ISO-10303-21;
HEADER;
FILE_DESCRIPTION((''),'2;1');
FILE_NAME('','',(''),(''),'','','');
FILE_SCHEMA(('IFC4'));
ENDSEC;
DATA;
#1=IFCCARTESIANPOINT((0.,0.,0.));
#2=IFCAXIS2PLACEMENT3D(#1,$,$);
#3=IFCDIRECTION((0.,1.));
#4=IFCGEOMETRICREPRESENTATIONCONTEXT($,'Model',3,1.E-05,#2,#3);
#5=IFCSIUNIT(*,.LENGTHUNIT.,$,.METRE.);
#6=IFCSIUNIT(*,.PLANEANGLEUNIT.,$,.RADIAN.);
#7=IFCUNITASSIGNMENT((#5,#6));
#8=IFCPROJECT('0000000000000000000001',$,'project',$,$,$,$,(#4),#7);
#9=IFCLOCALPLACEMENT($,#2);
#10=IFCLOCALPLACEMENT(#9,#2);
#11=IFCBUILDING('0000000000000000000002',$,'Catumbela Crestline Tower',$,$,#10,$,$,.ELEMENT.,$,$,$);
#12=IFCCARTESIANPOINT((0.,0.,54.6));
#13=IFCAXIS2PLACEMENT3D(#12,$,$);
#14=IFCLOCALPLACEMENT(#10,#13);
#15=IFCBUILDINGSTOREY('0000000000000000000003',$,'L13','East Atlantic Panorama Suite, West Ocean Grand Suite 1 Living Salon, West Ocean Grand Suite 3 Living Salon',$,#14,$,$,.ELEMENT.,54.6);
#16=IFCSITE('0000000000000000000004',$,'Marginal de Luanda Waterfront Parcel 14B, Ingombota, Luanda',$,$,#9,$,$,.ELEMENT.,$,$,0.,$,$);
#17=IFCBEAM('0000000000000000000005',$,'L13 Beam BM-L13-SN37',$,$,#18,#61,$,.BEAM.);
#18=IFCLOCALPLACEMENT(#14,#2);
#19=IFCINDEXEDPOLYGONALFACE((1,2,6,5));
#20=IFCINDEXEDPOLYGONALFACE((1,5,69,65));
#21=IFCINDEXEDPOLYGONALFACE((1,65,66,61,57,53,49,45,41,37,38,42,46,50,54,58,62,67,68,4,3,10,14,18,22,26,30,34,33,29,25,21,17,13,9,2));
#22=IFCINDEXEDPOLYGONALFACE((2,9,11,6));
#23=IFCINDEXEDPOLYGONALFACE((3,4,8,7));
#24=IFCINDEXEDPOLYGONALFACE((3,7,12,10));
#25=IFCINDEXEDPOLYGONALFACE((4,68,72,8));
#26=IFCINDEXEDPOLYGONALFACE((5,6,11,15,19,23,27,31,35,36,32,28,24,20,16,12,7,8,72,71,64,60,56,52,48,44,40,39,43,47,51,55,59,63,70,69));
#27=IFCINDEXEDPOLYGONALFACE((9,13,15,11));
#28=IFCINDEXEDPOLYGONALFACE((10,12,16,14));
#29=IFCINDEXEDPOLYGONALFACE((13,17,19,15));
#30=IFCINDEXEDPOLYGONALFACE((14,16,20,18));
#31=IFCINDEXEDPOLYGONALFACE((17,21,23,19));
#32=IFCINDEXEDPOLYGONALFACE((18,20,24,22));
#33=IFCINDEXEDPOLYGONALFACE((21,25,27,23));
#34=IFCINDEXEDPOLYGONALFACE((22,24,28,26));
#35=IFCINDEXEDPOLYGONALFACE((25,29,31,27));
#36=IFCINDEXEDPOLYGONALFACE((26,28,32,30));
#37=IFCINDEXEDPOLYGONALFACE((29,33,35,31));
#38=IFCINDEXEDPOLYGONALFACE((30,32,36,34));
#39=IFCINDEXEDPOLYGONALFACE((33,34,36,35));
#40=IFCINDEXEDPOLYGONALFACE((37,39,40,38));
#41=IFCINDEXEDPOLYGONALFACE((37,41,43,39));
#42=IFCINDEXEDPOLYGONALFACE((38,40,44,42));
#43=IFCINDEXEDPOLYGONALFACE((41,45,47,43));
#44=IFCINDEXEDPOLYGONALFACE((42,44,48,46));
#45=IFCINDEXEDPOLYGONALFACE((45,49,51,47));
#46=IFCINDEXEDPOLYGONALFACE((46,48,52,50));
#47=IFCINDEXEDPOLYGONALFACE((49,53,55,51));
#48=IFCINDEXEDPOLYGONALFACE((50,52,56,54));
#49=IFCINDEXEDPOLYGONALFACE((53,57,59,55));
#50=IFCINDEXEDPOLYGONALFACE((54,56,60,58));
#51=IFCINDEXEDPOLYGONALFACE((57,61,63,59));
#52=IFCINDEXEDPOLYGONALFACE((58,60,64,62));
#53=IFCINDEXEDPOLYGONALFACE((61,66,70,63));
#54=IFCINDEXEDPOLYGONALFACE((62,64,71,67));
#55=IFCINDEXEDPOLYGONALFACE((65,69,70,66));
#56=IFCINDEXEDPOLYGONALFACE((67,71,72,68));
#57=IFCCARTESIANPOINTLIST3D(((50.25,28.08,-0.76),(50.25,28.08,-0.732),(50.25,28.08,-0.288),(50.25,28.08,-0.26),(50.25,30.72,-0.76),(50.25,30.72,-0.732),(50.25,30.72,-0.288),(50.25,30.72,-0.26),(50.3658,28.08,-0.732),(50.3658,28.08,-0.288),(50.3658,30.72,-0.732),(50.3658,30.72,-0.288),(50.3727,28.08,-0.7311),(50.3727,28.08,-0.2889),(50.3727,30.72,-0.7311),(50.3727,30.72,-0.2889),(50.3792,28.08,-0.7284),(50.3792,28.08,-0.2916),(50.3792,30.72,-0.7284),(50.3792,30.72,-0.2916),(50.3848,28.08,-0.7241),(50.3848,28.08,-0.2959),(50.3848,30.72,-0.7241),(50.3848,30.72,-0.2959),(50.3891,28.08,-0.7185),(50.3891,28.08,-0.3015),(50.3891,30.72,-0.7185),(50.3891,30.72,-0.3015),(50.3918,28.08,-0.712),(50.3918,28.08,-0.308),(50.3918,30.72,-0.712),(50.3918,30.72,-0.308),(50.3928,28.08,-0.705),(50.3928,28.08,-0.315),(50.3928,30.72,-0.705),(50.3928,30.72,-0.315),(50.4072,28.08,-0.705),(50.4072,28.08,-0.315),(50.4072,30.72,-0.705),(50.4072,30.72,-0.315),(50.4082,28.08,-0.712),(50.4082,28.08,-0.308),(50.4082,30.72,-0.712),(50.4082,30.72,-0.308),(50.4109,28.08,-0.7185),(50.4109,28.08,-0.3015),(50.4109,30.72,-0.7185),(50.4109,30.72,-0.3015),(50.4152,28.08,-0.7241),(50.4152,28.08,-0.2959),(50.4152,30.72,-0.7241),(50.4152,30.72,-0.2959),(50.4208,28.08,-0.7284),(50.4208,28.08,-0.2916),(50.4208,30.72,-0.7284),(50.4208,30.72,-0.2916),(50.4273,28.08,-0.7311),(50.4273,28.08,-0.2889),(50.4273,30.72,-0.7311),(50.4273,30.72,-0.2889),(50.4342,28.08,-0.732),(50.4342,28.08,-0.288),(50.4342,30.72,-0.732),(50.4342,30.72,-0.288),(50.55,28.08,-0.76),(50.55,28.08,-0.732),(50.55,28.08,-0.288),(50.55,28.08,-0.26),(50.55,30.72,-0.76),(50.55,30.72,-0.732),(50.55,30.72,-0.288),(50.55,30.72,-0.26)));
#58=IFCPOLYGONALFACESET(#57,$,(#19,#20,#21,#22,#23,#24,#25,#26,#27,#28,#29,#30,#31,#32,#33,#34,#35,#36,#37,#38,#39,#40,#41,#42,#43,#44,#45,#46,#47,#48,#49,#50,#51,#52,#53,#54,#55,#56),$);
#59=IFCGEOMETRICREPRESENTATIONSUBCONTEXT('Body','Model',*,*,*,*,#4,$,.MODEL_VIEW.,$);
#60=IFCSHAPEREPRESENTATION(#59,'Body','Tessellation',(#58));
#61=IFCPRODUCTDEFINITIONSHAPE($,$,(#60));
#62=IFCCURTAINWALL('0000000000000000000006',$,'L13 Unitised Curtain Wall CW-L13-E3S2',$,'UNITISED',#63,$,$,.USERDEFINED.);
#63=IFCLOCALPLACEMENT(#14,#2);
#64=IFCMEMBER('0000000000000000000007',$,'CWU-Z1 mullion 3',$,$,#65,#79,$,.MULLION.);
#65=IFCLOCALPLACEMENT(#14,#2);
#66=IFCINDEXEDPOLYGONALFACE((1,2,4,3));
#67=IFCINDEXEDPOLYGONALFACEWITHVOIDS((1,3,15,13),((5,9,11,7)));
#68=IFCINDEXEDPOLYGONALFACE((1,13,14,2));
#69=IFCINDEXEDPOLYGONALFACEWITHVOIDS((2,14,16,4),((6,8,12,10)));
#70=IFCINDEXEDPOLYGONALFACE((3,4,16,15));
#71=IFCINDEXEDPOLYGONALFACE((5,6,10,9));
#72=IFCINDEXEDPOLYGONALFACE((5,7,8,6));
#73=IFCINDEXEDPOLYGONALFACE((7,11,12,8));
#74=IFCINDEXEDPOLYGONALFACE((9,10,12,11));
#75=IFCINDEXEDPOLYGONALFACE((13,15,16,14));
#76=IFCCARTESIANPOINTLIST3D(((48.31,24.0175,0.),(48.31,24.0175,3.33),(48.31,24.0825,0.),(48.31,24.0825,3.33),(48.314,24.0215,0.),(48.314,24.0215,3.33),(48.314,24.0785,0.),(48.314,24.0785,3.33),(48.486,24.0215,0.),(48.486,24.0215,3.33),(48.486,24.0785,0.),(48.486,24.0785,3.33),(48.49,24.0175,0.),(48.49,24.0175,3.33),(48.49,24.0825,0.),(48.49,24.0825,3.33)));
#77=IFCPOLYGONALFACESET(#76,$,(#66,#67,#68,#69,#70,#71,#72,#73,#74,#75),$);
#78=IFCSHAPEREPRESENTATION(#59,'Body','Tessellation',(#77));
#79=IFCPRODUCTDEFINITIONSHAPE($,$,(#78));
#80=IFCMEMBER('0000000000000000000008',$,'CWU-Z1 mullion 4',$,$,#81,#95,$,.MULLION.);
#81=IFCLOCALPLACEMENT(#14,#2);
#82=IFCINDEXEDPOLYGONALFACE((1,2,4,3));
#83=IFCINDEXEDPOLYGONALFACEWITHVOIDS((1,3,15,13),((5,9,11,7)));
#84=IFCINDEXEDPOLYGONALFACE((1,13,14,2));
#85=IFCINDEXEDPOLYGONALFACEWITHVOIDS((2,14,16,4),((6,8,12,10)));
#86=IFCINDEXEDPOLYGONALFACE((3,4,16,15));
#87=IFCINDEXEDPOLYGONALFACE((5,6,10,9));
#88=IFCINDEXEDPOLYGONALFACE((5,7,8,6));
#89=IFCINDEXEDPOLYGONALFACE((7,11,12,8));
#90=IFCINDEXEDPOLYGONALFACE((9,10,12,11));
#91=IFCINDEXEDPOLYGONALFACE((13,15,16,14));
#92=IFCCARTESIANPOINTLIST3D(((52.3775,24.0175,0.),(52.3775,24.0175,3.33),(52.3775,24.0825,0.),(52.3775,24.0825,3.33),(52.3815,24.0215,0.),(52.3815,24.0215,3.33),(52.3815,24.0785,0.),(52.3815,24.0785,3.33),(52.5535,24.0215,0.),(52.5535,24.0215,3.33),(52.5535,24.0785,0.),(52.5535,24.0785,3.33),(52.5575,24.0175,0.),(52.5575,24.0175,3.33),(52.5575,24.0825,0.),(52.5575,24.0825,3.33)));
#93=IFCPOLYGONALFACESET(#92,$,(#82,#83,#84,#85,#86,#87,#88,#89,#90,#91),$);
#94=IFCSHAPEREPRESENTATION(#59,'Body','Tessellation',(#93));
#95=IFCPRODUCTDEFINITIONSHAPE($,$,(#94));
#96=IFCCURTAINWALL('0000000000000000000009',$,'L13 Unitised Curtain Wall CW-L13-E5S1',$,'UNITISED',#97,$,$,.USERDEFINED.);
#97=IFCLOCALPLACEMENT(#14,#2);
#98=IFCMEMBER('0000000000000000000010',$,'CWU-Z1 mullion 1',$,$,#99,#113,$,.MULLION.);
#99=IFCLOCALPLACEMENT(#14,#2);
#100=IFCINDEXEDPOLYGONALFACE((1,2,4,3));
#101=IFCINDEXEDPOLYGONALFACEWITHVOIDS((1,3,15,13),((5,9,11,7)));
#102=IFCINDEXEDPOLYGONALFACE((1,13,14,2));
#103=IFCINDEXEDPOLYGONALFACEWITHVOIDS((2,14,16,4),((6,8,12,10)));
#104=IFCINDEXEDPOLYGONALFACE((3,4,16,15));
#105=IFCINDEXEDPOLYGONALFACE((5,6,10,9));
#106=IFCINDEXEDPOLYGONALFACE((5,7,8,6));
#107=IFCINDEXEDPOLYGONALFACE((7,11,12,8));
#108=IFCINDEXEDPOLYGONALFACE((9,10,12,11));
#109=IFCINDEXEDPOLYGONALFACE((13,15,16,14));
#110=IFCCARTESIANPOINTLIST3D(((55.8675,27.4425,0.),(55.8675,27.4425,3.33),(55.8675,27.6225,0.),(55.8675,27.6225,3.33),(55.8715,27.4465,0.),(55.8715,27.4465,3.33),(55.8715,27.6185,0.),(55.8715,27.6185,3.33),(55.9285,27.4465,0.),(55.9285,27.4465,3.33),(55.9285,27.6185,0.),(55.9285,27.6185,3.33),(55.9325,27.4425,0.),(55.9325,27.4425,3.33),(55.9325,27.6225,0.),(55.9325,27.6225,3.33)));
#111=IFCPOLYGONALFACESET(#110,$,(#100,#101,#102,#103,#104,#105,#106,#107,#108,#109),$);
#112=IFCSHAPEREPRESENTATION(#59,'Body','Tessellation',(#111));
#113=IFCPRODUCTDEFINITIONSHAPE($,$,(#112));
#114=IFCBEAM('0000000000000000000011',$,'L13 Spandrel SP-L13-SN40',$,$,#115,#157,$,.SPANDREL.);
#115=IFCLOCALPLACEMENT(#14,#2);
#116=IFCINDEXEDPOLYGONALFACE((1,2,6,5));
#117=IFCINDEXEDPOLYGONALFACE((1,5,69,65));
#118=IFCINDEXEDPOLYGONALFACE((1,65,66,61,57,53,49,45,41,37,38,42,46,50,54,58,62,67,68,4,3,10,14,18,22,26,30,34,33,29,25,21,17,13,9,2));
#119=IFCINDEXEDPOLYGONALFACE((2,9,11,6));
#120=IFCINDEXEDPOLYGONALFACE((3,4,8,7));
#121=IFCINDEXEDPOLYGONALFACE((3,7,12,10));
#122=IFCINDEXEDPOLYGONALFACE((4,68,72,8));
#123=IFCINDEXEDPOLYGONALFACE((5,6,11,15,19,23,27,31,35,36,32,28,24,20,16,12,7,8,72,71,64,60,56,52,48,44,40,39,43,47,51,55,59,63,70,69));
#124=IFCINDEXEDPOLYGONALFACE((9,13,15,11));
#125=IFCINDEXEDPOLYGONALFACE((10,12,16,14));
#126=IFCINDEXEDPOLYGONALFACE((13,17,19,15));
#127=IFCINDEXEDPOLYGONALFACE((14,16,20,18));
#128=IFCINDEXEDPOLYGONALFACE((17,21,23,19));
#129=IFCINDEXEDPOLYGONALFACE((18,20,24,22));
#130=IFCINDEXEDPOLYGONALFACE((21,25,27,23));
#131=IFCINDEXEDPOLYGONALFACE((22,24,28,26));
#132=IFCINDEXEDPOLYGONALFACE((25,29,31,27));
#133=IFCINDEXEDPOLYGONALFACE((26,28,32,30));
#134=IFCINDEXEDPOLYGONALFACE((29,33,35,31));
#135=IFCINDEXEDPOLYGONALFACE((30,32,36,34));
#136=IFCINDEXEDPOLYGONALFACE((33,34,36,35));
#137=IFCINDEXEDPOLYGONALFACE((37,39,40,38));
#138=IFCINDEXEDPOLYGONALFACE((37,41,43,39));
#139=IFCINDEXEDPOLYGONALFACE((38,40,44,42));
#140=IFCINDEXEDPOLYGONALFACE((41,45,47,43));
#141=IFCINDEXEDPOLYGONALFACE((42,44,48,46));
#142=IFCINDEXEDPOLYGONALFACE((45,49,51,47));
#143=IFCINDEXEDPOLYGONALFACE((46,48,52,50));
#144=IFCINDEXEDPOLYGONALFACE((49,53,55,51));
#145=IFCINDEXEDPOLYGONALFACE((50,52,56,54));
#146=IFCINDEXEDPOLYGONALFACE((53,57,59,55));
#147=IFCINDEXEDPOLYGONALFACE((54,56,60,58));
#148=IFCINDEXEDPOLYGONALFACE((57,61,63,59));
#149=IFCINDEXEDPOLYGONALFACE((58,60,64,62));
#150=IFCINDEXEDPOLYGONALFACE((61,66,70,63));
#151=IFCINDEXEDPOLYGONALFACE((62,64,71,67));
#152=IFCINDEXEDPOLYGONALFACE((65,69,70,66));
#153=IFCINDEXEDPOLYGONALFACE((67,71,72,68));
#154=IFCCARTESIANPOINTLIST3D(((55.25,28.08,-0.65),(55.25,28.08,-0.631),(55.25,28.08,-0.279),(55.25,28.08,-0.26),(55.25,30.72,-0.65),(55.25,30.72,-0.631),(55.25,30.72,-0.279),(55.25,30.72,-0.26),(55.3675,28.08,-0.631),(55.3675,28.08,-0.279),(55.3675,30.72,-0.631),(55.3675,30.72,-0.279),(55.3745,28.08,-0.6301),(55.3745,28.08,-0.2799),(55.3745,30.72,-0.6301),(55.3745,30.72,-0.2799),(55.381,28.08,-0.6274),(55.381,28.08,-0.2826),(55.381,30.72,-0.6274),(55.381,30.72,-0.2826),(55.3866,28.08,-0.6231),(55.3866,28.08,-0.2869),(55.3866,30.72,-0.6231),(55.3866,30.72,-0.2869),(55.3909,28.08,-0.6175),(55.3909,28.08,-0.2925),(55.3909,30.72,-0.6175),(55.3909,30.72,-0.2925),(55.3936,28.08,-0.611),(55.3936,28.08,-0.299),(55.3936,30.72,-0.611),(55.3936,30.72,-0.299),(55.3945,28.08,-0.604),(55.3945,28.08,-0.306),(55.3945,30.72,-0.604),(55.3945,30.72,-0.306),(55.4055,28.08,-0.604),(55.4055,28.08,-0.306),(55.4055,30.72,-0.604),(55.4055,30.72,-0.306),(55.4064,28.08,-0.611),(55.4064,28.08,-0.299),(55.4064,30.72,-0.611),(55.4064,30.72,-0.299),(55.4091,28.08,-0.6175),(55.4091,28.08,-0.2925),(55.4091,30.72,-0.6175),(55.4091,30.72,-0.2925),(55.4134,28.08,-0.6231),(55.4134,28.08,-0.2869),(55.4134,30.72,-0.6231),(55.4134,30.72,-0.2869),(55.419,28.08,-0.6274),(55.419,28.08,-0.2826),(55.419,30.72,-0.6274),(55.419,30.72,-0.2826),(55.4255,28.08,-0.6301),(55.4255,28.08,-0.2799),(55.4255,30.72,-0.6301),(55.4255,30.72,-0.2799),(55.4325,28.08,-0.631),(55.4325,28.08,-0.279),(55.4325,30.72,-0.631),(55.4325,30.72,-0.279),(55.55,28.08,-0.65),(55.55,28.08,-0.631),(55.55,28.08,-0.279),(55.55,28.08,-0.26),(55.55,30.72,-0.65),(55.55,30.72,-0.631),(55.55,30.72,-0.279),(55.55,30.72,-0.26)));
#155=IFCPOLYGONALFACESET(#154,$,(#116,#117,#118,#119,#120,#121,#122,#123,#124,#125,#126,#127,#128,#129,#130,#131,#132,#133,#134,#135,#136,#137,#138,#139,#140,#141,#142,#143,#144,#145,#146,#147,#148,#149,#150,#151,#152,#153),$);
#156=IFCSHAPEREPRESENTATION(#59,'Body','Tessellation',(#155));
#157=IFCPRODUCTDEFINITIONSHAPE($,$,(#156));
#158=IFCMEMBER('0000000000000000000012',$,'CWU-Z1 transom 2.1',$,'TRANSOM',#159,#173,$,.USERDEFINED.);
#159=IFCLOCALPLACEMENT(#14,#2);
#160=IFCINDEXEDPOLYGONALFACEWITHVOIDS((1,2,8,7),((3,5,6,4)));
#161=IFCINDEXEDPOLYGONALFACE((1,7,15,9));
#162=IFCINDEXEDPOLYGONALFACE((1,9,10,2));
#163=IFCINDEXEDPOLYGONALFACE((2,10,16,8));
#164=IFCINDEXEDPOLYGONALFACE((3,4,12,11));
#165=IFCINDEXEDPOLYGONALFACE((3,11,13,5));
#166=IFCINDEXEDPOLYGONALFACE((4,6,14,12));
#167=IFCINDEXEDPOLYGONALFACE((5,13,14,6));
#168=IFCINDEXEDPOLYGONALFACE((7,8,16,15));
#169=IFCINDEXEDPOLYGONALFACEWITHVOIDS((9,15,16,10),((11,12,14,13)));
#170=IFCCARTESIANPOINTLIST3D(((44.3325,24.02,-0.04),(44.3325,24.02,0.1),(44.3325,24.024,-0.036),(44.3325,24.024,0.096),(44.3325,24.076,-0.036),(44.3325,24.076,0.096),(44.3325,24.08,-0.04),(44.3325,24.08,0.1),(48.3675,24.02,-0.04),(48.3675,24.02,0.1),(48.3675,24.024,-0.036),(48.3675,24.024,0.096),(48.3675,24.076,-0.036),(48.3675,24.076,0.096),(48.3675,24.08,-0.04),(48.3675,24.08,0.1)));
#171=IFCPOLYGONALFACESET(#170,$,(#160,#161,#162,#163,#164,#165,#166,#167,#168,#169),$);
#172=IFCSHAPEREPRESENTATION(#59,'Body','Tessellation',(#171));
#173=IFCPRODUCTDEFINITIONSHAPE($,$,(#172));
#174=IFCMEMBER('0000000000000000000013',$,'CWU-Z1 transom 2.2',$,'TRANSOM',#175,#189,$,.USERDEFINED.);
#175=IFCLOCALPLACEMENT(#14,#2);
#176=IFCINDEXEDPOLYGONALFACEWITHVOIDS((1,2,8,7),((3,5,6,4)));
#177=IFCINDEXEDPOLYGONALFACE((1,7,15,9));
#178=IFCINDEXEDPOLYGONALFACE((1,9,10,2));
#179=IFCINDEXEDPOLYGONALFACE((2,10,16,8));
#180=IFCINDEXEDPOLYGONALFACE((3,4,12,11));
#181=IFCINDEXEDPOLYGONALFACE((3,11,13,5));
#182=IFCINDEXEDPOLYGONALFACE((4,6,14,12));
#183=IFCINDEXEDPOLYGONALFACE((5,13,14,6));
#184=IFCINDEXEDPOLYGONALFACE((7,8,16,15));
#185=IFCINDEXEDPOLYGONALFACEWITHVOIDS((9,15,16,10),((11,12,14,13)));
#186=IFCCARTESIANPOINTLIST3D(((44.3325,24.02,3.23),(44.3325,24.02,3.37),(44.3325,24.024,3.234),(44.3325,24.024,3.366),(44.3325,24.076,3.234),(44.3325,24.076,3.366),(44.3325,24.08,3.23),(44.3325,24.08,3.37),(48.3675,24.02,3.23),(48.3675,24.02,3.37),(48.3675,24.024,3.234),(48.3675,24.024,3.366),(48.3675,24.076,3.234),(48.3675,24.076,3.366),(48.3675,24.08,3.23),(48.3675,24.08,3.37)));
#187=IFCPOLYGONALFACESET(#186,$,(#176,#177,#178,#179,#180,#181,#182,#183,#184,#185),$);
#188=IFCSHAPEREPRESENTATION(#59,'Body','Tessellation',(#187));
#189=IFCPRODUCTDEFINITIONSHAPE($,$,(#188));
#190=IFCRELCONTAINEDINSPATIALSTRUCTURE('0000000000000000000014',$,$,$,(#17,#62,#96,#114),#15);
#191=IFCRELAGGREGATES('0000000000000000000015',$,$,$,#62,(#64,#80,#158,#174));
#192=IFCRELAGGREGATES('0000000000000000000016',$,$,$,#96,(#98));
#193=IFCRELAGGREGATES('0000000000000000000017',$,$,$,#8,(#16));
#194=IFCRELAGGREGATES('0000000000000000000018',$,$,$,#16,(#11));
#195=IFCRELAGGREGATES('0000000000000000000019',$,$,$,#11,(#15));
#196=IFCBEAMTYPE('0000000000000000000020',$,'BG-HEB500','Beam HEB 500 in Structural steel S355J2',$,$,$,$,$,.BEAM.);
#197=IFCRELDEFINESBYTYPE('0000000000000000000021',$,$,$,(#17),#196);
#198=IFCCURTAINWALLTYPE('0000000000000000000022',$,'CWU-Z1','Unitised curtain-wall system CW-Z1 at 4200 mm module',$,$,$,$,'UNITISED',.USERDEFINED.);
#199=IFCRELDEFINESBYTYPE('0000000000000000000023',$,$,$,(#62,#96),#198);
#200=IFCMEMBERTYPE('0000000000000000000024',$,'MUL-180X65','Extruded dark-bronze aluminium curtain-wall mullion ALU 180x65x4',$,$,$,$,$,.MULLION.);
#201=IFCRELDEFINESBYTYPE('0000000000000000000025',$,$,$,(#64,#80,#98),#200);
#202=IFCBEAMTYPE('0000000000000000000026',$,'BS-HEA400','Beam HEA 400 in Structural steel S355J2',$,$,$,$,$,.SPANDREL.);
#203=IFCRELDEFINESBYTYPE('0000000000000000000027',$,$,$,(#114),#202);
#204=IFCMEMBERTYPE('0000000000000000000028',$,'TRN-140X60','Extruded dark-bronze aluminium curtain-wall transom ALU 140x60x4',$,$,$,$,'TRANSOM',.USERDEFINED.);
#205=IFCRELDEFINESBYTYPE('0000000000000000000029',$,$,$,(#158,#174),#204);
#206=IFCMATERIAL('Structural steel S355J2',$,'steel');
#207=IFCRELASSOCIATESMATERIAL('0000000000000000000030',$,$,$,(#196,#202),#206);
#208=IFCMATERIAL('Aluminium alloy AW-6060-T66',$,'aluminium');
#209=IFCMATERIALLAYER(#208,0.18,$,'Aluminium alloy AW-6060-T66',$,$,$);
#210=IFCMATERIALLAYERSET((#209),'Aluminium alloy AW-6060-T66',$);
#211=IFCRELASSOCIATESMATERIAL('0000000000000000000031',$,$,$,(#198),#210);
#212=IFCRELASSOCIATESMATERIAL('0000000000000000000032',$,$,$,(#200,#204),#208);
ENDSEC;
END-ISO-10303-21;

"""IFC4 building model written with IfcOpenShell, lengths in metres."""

from ifc_helpers import new_model, si_unit, direction, frame, origin, origin_2d, place, context, subcontext, project, spatial, hollow_rectangle, i_section, extrude, material, layer, layer_set, material_profile, profile_set, type_object, element, aggregate, save


model = new_model("IFC4")

# Units and contexts
model_context = context("Model", 3, precision=1e-05, world=origin(), true_north=direction((0.0, 1.0)))
body_context = subcontext(model_context, "Body", "Model", "MODEL_VIEW")
ifc_project = project(units=[si_unit("LENGTHUNIT", "METRE"), si_unit("PLANEANGLEUNIT", "RADIAN")], contexts=[model_context])

# Site, building, storey
site_placement = place(None, origin())
site = spatial("IfcSite", under=ifc_project, at=site_placement, Name="Marginal de Luanda Waterfront Parcel 14B, Ingombota, Luanda", CompositionType="ELEMENT", RefElevation=0.0)
building_placement = place(site_placement, origin())
building = spatial("IfcBuilding", under=site, at=building_placement, Name="Catumbela Crestline Tower", CompositionType="ELEMENT")
storey_placement = place(building_placement, frame((0.0, 0.0, 54.6)))
storey = spatial("IfcBuildingStorey", under=building, at=storey_placement, Name="L13", Description="East Atlantic Panorama Suite, West Ocean Grand Suite 1 Living Salon, West Ocean Grand Suite 3 Living Salon", CompositionType="ELEMENT", Elevation=54.6)

# Beam
ifc_material_1 = material(Name="Structural steel S355J2", Category="steel")
ifc_material_profile_1 = material_profile(ifc_material_1, i_section(OverallWidth=0.3, OverallDepth=0.5, WebThickness=0.0145, FlangeThickness=0.028, FilletRadius=0.027, at=origin_2d()), Name="HEB 500")
ifc_profile_set_1 = profile_set([ifc_material_profile_1], Name="Structural steel S355J2")
beam_type_1 = type_object("IfcBeamType", Name="BG-HEB500", Description="Beam HEB 500 in Structural steel S355J2", PredefinedType="BEAM", material=ifc_profile_set_1)
beam_1_placement = place(storey_placement, frame((50.4, 28.08, -0.51), z_axis=(0.0, 1.0, 0.0), x_axis=(-1.0, 0.0, 0.0)))
element("IfcBeam", 1, at=beam_1_placement, inside=storey, type_object=beam_type_1, Name="L13 Beam BM-L13-SN37", PredefinedType="BEAM", context=body_context, shape_type="SweptSolid", body=[
    extrude(i_section(OverallWidth=0.3, OverallDepth=0.5, WebThickness=0.0145, FlangeThickness=0.028, FilletRadius=0.027, at=origin_2d()), origin(), (0.0, 0.0, 1.0), 2.64),
])

# Curtain wall, members
ifc_material_2 = material(Name="Aluminium alloy AW-6060-T66", Category="aluminium")
ifc_layer_1 = layer(ifc_material_2, 0.18, Name="Aluminium alloy AW-6060-T66")
ifc_layer_set_1 = layer_set([ifc_layer_1], Name="Aluminium alloy AW-6060-T66")
curtain_wall_type = type_object("IfcCurtainWallType", Name="CWU-Z1", Description="Unitised curtain-wall system CW-Z1 at 4200 mm module", ElementType="UNITISED", PredefinedType="USERDEFINED", material=ifc_layer_set_1)
curtain_wall_1_placement = place(storey_placement, origin())
curtain_wall_1 = element("IfcCurtainWall", 2, at=curtain_wall_1_placement, inside=storey, type_object=curtain_wall_type, Name="L13 Unitised Curtain Wall CW-L13-E3S2", ObjectType="UNITISED", PredefinedType="USERDEFINED")
ifc_material_profile_2 = material_profile(ifc_material_2, hollow_rectangle(XDim=0.065, YDim=0.18, WallThickness=0.004, at=origin_2d()), Name="ALU 180x65x4")
ifc_profile_set_2 = profile_set([ifc_material_profile_2], Name="Aluminium alloy AW-6060-T66")
member_type_1 = type_object("IfcMemberType", Name="MUL-180X65", Description="Extruded dark-bronze aluminium curtain-wall mullion ALU 180x65x4", PredefinedType="MULLION", material=ifc_profile_set_2)
member_1_placement = place(storey_placement, frame((48.4, 24.05, 0.0), z_axis=(0.0, 0.0, 1.0), x_axis=(0.0, 1.0, 0.0)))
member_1 = element("IfcMember", 3, at=member_1_placement, type_object=member_type_1, Name="CWU-Z1 mullion 3", PredefinedType="MULLION", context=body_context, shape_type="SweptSolid", body=[
    extrude(hollow_rectangle(XDim=0.065, YDim=0.18, WallThickness=0.004, at=origin_2d()), origin(), (0.0, 0.0, 1.0), 3.33),
])
member_2_placement = place(storey_placement, frame((52.4675, 24.05, 0.0), z_axis=(0.0, 0.0, 1.0), x_axis=(0.0, 1.0, 0.0)))
member_2 = element("IfcMember", 4, at=member_2_placement, type_object=member_type_1, Name="CWU-Z1 mullion 4", PredefinedType="MULLION", context=body_context, shape_type="SweptSolid", body=[
    extrude(hollow_rectangle(XDim=0.065, YDim=0.18, WallThickness=0.004, at=origin_2d()), origin(), (0.0, 0.0, 1.0), 3.33),
])

# Curtain wall, member
curtain_wall_2_placement = place(storey_placement, origin())
curtain_wall_2 = element("IfcCurtainWall", 5, at=curtain_wall_2_placement, inside=storey, type_object=curtain_wall_type, Name="L13 Unitised Curtain Wall CW-L13-E5S1", ObjectType="UNITISED", PredefinedType="USERDEFINED")
member_3_placement = place(storey_placement, frame((55.9, 27.5325, 0.0), z_axis=(0.0, 0.0, 1.0), x_axis=(-1.0, 0.0, 0.0)))
member_3 = element("IfcMember", 6, at=member_3_placement, type_object=member_type_1, Name="CWU-Z1 mullion 1", PredefinedType="MULLION", context=body_context, shape_type="SweptSolid", body=[
    extrude(hollow_rectangle(XDim=0.065, YDim=0.18, WallThickness=0.004, at=origin_2d()), origin(), (0.0, 0.0, 1.0), 3.33),
])

# Beam
ifc_material_profile_3 = material_profile(ifc_material_1, i_section(OverallWidth=0.3, OverallDepth=0.39, WebThickness=0.011, FlangeThickness=0.019, FilletRadius=0.027, at=origin_2d()), Name="HEA 400")
ifc_profile_set_3 = profile_set([ifc_material_profile_3], Name="Structural steel S355J2")
beam_type_2 = type_object("IfcBeamType", Name="BS-HEA400", Description="Beam HEA 400 in Structural steel S355J2", PredefinedType="SPANDREL", material=ifc_profile_set_3)
beam_2_placement = place(storey_placement, frame((55.4, 28.08, -0.455), z_axis=(0.0, 1.0, 0.0), x_axis=(-1.0, 0.0, 0.0)))
element("IfcBeam", 7, at=beam_2_placement, inside=storey, type_object=beam_type_2, Name="L13 Spandrel SP-L13-SN40", PredefinedType="SPANDREL", context=body_context, shape_type="SweptSolid", body=[
    extrude(i_section(OverallWidth=0.3, OverallDepth=0.39, WebThickness=0.011, FlangeThickness=0.019, FilletRadius=0.027, at=origin_2d()), origin(), (0.0, 0.0, 1.0), 2.64),
])

# Members
ifc_material_profile_4 = material_profile(ifc_material_2, hollow_rectangle(XDim=0.06, YDim=0.14, WallThickness=0.004, at=origin_2d()), Name="ALU 140x60x4")
ifc_profile_set_4 = profile_set([ifc_material_profile_4], Name="Aluminium alloy AW-6060-T66")
member_type_2 = type_object("IfcMemberType", Name="TRN-140X60", Description="Extruded dark-bronze aluminium curtain-wall transom ALU 140x60x4", ElementType="TRANSOM", PredefinedType="USERDEFINED", material=ifc_profile_set_4)
member_4_placement = place(storey_placement, frame((44.3325, 24.05, 0.03), z_axis=(1.0, 0.0, 0.0), x_axis=(0.0, 1.0, 0.0)))
member_4 = element("IfcMember", 8, at=member_4_placement, type_object=member_type_2, Name="CWU-Z1 transom 2.1", ObjectType="TRANSOM", PredefinedType="USERDEFINED", context=body_context, shape_type="SweptSolid", body=[
    extrude(hollow_rectangle(XDim=0.06, YDim=0.14, WallThickness=0.004, at=origin_2d()), origin(), (0.0, 0.0, 1.0), 4.035),
])
member_5_placement = place(storey_placement, frame((44.3325, 24.05, 3.3), z_axis=(1.0, 0.0, 0.0), x_axis=(0.0, 1.0, 0.0)))
member_5 = element("IfcMember", 9, at=member_5_placement, type_object=member_type_2, Name="CWU-Z1 transom 2.2", ObjectType="TRANSOM", PredefinedType="USERDEFINED", context=body_context, shape_type="SweptSolid", body=[
    extrude(hollow_rectangle(XDim=0.06, YDim=0.14, WallThickness=0.004, at=origin_2d()), origin(), (0.0, 0.0, 1.0), 4.035),
])

aggregate(curtain_wall_1, [member_1, member_2, member_4, member_5])
aggregate(curtain_wall_2, [member_3])

save(model, "model.ifc")
